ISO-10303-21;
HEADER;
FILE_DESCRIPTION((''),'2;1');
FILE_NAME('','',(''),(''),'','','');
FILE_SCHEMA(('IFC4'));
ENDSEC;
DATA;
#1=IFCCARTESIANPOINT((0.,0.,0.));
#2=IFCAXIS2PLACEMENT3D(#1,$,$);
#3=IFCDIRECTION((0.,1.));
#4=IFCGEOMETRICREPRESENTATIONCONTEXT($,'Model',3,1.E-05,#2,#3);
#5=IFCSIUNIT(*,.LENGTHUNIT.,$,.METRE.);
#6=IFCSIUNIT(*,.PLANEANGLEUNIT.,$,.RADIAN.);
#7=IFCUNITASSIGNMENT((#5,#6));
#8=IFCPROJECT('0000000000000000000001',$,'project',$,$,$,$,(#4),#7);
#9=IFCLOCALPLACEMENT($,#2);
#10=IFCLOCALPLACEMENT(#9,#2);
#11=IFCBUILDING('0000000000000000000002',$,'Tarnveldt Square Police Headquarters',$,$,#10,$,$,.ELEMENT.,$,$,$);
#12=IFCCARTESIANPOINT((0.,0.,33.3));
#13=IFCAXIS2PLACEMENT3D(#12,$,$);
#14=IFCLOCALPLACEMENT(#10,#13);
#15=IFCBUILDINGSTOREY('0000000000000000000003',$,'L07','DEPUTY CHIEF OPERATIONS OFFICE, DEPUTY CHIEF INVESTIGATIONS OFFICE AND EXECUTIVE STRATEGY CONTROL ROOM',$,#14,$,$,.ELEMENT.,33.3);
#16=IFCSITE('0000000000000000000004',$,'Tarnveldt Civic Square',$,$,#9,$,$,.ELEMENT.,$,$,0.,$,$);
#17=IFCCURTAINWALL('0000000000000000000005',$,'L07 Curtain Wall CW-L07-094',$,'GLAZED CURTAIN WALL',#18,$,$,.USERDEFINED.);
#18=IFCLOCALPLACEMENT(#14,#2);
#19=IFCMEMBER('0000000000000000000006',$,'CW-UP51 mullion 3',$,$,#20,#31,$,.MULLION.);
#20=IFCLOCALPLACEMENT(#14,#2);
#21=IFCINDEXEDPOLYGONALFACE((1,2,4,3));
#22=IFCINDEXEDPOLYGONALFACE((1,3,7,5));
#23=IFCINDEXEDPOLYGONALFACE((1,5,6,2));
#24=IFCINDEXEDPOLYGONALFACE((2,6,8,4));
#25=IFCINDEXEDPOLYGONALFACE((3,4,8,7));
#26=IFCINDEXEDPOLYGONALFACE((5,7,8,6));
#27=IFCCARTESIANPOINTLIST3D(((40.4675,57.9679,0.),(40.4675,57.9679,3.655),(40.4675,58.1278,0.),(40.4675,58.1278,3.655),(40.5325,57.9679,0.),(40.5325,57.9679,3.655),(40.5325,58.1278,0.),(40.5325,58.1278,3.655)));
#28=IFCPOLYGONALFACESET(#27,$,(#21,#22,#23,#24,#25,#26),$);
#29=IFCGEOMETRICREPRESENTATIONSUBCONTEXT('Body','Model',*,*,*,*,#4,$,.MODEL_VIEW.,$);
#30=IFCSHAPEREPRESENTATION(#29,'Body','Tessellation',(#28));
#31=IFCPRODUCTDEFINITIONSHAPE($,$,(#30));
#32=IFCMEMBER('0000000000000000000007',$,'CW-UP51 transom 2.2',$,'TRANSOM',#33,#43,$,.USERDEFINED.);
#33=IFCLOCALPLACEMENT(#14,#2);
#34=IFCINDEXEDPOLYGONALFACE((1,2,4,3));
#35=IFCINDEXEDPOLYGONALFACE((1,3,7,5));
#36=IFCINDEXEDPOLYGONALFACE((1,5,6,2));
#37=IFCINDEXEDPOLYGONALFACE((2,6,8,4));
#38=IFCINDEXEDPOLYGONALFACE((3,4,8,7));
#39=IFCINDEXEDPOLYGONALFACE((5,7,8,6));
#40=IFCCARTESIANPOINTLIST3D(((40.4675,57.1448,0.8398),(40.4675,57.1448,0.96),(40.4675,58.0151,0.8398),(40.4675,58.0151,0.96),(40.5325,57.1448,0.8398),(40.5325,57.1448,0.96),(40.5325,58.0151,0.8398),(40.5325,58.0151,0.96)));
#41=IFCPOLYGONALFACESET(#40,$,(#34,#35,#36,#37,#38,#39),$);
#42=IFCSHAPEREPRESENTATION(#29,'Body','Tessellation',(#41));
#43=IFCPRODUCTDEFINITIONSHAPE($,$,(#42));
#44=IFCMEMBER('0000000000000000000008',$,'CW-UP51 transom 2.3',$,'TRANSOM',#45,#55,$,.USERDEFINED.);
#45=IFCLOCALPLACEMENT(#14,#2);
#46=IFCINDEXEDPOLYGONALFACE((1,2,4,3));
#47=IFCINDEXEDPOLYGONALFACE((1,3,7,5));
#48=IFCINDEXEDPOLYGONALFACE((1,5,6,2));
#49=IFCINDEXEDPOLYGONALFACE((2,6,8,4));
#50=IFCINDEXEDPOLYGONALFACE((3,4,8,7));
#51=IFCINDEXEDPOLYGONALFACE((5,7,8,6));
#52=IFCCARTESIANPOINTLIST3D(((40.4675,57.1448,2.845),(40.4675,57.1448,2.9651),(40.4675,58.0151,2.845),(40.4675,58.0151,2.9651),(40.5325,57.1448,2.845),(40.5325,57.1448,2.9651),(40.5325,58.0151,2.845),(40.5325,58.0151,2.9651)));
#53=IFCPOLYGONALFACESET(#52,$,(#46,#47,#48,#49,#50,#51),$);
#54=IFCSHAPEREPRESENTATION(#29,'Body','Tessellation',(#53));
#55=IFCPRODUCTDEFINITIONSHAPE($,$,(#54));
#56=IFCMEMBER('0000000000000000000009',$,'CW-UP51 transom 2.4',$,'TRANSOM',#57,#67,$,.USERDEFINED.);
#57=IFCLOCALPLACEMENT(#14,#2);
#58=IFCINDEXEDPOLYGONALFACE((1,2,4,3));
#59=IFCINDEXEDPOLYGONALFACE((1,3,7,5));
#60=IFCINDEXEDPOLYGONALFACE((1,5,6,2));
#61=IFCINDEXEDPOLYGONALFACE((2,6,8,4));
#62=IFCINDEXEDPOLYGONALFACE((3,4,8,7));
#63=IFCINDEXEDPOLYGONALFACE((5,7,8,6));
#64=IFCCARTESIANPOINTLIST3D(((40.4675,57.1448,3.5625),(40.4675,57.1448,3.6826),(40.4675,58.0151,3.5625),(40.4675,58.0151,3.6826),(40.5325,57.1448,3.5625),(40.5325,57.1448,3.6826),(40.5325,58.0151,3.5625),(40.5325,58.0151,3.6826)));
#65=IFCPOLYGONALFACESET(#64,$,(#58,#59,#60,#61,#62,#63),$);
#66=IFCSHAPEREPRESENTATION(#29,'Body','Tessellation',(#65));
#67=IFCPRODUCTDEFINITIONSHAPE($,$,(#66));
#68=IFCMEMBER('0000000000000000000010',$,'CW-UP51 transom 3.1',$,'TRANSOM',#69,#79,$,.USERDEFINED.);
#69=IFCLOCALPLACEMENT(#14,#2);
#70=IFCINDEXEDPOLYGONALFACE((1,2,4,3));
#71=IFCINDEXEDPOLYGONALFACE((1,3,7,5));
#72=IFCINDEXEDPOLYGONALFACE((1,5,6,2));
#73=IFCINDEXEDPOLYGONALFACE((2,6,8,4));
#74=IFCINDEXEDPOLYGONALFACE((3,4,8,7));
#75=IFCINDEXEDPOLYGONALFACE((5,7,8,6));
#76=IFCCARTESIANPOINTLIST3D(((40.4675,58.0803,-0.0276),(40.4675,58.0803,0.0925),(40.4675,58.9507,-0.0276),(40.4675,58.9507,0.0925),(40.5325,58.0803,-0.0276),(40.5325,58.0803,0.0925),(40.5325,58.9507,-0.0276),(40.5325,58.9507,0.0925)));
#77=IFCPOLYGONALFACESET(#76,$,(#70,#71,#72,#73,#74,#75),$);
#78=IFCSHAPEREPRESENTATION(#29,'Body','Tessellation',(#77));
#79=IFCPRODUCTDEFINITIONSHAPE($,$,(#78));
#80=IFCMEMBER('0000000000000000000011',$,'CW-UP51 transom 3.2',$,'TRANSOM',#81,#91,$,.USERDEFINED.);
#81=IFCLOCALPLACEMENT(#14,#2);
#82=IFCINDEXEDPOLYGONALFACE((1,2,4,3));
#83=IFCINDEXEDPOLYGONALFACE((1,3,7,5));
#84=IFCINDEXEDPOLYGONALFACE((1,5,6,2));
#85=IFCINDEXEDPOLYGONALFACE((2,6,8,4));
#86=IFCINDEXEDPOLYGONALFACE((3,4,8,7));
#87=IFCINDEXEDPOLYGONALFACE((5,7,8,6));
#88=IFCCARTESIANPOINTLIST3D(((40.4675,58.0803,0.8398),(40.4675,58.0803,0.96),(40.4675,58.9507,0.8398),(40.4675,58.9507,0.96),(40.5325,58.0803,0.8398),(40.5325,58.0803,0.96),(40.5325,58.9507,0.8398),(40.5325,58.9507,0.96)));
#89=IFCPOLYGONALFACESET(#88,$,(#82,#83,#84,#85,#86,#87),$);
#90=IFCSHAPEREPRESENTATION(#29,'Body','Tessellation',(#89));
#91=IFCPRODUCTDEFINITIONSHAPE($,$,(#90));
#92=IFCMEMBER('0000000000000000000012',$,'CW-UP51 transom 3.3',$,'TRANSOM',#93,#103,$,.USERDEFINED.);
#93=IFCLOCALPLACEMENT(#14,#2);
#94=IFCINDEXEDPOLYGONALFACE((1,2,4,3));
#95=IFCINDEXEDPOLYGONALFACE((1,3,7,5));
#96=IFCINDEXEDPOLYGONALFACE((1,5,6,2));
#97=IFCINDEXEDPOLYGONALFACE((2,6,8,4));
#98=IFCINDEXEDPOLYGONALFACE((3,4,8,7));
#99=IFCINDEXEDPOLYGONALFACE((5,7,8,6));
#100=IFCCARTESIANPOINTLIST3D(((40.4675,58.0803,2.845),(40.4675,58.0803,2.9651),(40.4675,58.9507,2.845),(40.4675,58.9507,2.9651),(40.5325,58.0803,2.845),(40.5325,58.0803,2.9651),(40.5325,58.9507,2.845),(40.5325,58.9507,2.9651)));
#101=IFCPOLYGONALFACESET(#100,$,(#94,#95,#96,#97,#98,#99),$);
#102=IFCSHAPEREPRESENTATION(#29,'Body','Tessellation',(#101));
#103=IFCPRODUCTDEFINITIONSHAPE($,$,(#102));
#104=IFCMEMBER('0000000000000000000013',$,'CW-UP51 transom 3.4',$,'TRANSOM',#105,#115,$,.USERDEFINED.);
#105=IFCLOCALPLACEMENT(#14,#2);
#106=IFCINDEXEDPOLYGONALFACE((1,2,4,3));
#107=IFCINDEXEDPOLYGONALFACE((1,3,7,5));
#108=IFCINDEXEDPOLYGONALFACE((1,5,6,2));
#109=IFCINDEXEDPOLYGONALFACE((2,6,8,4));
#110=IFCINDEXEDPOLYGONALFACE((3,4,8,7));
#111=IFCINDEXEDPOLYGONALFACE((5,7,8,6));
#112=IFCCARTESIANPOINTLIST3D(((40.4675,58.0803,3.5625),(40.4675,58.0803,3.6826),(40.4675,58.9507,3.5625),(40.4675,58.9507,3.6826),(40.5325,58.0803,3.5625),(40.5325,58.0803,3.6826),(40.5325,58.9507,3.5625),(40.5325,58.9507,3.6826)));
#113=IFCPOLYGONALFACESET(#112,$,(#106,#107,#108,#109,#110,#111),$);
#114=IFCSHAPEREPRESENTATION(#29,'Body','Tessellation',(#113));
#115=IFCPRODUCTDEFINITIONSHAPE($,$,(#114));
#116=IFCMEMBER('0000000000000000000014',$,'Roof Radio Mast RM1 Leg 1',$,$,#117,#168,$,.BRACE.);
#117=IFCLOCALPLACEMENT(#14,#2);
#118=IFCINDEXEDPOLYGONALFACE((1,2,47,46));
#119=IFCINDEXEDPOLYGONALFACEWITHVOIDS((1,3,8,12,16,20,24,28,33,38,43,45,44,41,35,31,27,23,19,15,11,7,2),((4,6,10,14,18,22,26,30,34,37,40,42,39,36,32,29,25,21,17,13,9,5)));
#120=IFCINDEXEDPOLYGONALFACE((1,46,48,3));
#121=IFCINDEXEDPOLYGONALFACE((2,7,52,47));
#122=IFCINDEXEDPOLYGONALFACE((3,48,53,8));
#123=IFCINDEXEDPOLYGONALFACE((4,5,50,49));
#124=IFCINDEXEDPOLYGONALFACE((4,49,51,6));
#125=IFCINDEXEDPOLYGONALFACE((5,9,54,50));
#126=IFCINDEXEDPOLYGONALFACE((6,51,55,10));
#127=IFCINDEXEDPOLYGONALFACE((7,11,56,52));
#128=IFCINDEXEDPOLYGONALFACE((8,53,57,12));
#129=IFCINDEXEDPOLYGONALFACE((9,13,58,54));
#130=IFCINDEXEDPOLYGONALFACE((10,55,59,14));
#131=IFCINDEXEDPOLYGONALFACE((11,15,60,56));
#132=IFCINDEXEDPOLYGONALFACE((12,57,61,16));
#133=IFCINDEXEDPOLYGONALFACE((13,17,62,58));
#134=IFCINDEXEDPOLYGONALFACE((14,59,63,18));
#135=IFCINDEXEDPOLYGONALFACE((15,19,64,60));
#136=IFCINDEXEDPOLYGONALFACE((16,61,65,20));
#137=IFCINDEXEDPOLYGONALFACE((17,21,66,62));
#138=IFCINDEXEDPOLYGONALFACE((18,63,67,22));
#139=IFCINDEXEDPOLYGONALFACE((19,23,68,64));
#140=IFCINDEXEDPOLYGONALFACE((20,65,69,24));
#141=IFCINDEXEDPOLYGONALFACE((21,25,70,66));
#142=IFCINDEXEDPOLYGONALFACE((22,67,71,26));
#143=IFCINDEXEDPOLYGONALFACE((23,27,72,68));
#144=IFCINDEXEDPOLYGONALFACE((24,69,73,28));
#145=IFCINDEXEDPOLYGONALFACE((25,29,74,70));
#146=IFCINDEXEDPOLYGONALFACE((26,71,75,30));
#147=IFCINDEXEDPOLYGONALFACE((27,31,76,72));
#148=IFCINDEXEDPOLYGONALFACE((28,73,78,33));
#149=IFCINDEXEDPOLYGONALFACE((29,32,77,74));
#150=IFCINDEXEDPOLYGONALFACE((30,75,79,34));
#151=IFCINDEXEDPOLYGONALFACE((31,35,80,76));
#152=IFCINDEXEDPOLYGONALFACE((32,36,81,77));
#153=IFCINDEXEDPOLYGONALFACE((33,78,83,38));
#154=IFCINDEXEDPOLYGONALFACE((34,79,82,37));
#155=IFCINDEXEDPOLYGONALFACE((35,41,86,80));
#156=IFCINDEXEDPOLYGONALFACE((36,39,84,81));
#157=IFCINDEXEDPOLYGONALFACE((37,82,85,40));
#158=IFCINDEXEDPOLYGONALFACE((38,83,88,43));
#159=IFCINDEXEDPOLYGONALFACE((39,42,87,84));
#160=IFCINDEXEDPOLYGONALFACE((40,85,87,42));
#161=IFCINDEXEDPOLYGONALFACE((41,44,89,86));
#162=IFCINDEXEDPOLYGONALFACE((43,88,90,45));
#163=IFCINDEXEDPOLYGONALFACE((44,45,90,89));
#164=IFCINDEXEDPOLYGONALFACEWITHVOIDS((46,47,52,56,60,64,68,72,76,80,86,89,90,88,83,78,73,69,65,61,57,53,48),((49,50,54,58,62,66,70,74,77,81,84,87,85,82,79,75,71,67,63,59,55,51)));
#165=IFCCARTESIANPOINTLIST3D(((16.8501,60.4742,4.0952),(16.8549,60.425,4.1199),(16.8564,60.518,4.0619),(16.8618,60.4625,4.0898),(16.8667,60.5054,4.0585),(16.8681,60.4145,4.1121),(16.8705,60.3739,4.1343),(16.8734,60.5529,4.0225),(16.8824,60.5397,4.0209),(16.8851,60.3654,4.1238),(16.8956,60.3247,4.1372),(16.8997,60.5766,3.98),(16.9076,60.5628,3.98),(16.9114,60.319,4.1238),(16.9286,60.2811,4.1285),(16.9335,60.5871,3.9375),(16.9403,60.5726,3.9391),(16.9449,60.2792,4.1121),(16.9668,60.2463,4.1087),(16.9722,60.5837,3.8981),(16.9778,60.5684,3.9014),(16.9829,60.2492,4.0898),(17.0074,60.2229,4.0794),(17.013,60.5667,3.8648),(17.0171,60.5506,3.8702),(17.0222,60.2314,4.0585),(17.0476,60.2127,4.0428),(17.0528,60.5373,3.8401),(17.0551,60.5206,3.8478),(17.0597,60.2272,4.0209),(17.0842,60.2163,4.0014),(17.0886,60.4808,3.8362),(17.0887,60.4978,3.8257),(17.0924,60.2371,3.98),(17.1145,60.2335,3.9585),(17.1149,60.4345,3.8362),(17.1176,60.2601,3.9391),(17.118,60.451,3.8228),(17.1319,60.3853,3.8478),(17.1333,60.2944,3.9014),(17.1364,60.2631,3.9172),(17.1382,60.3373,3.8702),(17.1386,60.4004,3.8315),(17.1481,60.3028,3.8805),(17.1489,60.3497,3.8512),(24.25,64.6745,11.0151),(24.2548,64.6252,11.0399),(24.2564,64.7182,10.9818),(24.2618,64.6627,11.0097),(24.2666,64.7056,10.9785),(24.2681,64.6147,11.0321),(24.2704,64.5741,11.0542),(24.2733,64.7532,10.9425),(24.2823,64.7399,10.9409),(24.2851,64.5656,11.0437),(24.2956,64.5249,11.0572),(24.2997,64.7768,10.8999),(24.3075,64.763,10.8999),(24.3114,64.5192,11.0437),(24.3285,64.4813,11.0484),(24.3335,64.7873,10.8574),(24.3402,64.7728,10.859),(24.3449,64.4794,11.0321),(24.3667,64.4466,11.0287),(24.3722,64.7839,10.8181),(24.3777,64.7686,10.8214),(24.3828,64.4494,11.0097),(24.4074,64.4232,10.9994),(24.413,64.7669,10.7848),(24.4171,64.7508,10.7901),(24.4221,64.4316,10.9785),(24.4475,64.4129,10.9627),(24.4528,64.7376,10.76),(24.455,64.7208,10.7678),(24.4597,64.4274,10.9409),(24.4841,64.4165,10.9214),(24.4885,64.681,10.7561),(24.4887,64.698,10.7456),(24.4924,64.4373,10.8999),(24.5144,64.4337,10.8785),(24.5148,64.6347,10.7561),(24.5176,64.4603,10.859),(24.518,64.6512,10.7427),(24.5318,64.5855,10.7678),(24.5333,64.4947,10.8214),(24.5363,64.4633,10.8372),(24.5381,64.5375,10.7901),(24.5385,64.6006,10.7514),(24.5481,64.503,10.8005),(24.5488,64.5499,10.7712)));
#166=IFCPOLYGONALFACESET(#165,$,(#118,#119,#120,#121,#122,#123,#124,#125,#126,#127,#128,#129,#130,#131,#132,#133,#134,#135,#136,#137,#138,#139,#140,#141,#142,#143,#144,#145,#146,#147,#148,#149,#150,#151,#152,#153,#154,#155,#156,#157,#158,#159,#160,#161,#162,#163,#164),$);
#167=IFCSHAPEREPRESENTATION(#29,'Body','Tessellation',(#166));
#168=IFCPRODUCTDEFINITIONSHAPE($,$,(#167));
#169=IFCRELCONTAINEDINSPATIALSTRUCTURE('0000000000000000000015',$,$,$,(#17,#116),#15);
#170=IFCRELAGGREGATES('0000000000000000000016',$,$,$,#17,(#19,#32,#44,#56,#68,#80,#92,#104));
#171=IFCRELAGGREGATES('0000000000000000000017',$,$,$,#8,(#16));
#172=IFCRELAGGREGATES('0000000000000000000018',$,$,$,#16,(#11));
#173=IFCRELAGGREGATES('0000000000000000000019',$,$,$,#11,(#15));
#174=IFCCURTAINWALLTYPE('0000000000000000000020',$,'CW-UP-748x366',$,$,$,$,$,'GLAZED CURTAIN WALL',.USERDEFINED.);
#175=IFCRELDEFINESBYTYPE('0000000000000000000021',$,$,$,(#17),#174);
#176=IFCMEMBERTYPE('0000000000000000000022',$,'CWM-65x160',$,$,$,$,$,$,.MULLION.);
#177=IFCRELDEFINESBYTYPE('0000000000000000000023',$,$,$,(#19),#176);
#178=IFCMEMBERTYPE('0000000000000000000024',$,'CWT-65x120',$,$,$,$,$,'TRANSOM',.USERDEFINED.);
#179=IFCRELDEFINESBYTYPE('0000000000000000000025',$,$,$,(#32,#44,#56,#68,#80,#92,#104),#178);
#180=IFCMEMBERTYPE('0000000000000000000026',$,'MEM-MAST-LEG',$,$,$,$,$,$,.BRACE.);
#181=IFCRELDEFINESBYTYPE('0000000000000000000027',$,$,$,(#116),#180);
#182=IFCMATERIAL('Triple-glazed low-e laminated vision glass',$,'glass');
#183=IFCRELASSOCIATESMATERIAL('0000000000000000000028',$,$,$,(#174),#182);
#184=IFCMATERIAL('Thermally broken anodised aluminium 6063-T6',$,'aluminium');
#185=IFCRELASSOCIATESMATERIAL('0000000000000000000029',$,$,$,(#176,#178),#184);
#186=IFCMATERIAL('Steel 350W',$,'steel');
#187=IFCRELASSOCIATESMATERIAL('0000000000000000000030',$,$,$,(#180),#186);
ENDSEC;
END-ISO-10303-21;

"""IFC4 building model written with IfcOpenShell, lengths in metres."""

from ifc_helpers import new_model, si_unit, direction, frame, origin, origin_2d, place, context, subcontext, project, spatial, rectangle, hollow_circle, extrude, material, material_profile, profile_set, type_object, element, aggregate, save


model = new_model("IFC4")

# Units and contexts
model_context = context("Model", 3, precision=1e-05, world=origin(), true_north=direction((0.0, 1.0)))
body_context = subcontext(model_context, "Body", "Model", "MODEL_VIEW")
ifc_project = project(units=[si_unit("LENGTHUNIT", "METRE"), si_unit("PLANEANGLEUNIT", "RADIAN")], contexts=[model_context])

# Site, building, storey
site_placement = place(None, origin())
site = spatial("IfcSite", under=ifc_project, at=site_placement, Name="Tarnveldt Civic Square", CompositionType="ELEMENT", RefElevation=0.0)
building_placement = place(site_placement, origin())
building = spatial("IfcBuilding", under=site, at=building_placement, Name="Tarnveldt Square Police Headquarters", CompositionType="ELEMENT")
storey_placement = place(building_placement, frame((0.0, 0.0, 33.3)))
storey = spatial("IfcBuildingStorey", under=building, at=storey_placement, Name="L07", Description="DEPUTY CHIEF OPERATIONS OFFICE, DEPUTY CHIEF INVESTIGATIONS OFFICE AND EXECUTIVE STRATEGY CONTROL ROOM", CompositionType="ELEMENT", Elevation=33.3)

# Curtain wall, members
ifc_material_1 = material(Name="Triple-glazed low-e laminated vision glass", Category="glass")
curtain_wall_type = type_object("IfcCurtainWallType", Name="CW-UP-748x366", ElementType="GLAZED CURTAIN WALL", PredefinedType="USERDEFINED", material=ifc_material_1)
curtain_wall_placement = place(storey_placement, origin())
curtain_wall = element("IfcCurtainWall", 1, at=curtain_wall_placement, inside=storey, type_object=curtain_wall_type, Name="L07 Curtain Wall CW-L07-094", ObjectType="GLAZED CURTAIN WALL", PredefinedType="USERDEFINED")
ifc_material_2 = material(Name="Thermally broken anodised aluminium 6063-T6", Category="aluminium")
ifc_material_profile_1 = material_profile(ifc_material_2, rectangle(XDim=0.0649, YDim=0.1599, at=origin_2d()), Name="CW-M65x160")
ifc_profile_set_1 = profile_set([ifc_material_profile_1], Name="Thermally broken anodised aluminium 6063-T6")
member_type_1 = type_object("IfcMemberType", Name="CWM-65x160", PredefinedType="MULLION", material=ifc_profile_set_1)
member_1_placement = place(storey_placement, frame((40.5, 58.0479, 0.0), z_axis=(0.0, 0.0, 1.0), x_axis=(-1.0, 0.0, 0.0)))
member_1 = element("IfcMember", 2, at=member_1_placement, type_object=member_type_1, Name="CW-UP51 mullion 3", PredefinedType="MULLION", context=body_context, shape_type="SweptSolid", body=[
    extrude(rectangle(XDim=0.0649, YDim=0.1599, at=origin_2d()), origin(), (0.0, 0.0, 1.0), 3.655),
])
ifc_material_profile_2 = material_profile(ifc_material_2, rectangle(XDim=0.0649, YDim=0.1201, at=origin_2d()), Name="CW-T65x120")
ifc_profile_set_2 = profile_set([ifc_material_profile_2], Name="Thermally broken anodised aluminium 6063-T6")
member_type_2 = type_object("IfcMemberType", Name="CWT-65x120", ElementType="TRANSOM", PredefinedType="USERDEFINED", material=ifc_profile_set_2)
member_2_placement = place(storey_placement, frame((40.5, 57.1448, 0.8999), z_axis=(0.0, 1.0, 0.0), x_axis=(-1.0, 0.0, 0.0)))
member_2 = element("IfcMember", 3, at=member_2_placement, type_object=member_type_2, Name="CW-UP51 transom 2.2", ObjectType="TRANSOM", PredefinedType="USERDEFINED", context=body_context, shape_type="SweptSolid", body=[
    extrude(rectangle(XDim=0.0649, YDim=0.1201, at=origin_2d()), origin(), (0.0, 0.0, 1.0), 0.8704),
])
member_3_placement = place(storey_placement, frame((40.5, 57.1448, 2.905), z_axis=(0.0, 1.0, 0.0), x_axis=(-1.0, 0.0, 0.0)))
member_3 = element("IfcMember", 4, at=member_3_placement, type_object=member_type_2, Name="CW-UP51 transom 2.3", ObjectType="TRANSOM", PredefinedType="USERDEFINED", context=body_context, shape_type="SweptSolid", body=[
    extrude(rectangle(XDim=0.0649, YDim=0.1201, at=origin_2d()), origin(), (0.0, 0.0, 1.0), 0.8704),
])
member_4_placement = place(storey_placement, frame((40.5, 57.1448, 3.6226), z_axis=(0.0, 1.0, 0.0), x_axis=(-1.0, 0.0, 0.0)))
member_4 = element("IfcMember", 5, at=member_4_placement, type_object=member_type_2, Name="CW-UP51 transom 2.4", ObjectType="TRANSOM", PredefinedType="USERDEFINED", context=body_context, shape_type="SweptSolid", body=[
    extrude(rectangle(XDim=0.0649, YDim=0.1201, at=origin_2d()), origin(), (0.0, 0.0, 1.0), 0.8704),
])
member_5_placement = place(storey_placement, frame((40.5, 58.0803, 0.0325), z_axis=(0.0, 1.0, 0.0), x_axis=(-1.0, 0.0, 0.0)))
member_5 = element("IfcMember", 6, at=member_5_placement, type_object=member_type_2, Name="CW-UP51 transom 3.1", ObjectType="TRANSOM", PredefinedType="USERDEFINED", context=body_context, shape_type="SweptSolid", body=[
    extrude(rectangle(XDim=0.0649, YDim=0.1201, at=origin_2d()), origin(), (0.0, 0.0, 1.0), 0.8704),
])
member_6_placement = place(storey_placement, frame((40.5, 58.0803, 0.8999), z_axis=(0.0, 1.0, 0.0), x_axis=(-1.0, 0.0, 0.0)))
member_6 = element("IfcMember", 7, at=member_6_placement, type_object=member_type_2, Name="CW-UP51 transom 3.2", ObjectType="TRANSOM", PredefinedType="USERDEFINED", context=body_context, shape_type="SweptSolid", body=[
    extrude(rectangle(XDim=0.0649, YDim=0.1201, at=origin_2d()), origin(), (0.0, 0.0, 1.0), 0.8704),
])
member_7_placement = place(storey_placement, frame((40.5, 58.0803, 2.905), z_axis=(0.0, 1.0, 0.0), x_axis=(-1.0, 0.0, 0.0)))
member_7 = element("IfcMember", 8, at=member_7_placement, type_object=member_type_2, Name="CW-UP51 transom 3.3", ObjectType="TRANSOM", PredefinedType="USERDEFINED", context=body_context, shape_type="SweptSolid", body=[
    extrude(rectangle(XDim=0.0649, YDim=0.1201, at=origin_2d()), origin(), (0.0, 0.0, 1.0), 0.8704),
])
member_8_placement = place(storey_placement, frame((40.5, 58.0803, 3.6226), z_axis=(0.0, 1.0, 0.0), x_axis=(-1.0, 0.0, 0.0)))
member_8 = element("IfcMember", 9, at=member_8_placement, type_object=member_type_2, Name="CW-UP51 transom 3.4", ObjectType="TRANSOM", PredefinedType="USERDEFINED", context=body_context, shape_type="SweptSolid", body=[
    extrude(rectangle(XDim=0.0649, YDim=0.1201, at=origin_2d()), origin(), (0.0, 0.0, 1.0), 0.8704),
])

# Member
ifc_material_3 = material(Name="Steel 350W", Category="steel")
ifc_material_profile_3 = material_profile(ifc_material_3, hollow_circle(Radius=0.2031, WallThickness=0.0159, at=origin_2d()), Name="HSS406x16")
ifc_profile_set_3 = profile_set([ifc_material_profile_3], Name="Steel 350W")
member_type_3 = type_object("IfcMemberType", Name="MEM-MAST-LEG", PredefinedType="BRACE", material=ifc_profile_set_3)
for number, where, z_axis, x_axis, name in (
    (10, (17.0, 60.3999, 3.98), (0.674713, 0.382968, 0.630949), (-0.493628, 0.869673, 0.0), "Roof Radio Mast RM1 Leg 1"),
):
    element("IfcMember", number, at=place(storey_placement, frame(where, z_axis=z_axis, x_axis=x_axis)), inside=storey, type_object=member_type_3, Name=name, PredefinedType="BRACE", context=body_context, shape_type="SweptSolid", body=[
        extrude(hollow_circle(Radius=0.2031, WallThickness=0.0159, at=origin_2d()), origin(), (0.0, 0.0, 1.0), 10.9675),
    ])

aggregate(curtain_wall, [member_1, member_2, member_3, member_4, member_5, member_6, member_7, member_8])

save(model, "model.ifc")
